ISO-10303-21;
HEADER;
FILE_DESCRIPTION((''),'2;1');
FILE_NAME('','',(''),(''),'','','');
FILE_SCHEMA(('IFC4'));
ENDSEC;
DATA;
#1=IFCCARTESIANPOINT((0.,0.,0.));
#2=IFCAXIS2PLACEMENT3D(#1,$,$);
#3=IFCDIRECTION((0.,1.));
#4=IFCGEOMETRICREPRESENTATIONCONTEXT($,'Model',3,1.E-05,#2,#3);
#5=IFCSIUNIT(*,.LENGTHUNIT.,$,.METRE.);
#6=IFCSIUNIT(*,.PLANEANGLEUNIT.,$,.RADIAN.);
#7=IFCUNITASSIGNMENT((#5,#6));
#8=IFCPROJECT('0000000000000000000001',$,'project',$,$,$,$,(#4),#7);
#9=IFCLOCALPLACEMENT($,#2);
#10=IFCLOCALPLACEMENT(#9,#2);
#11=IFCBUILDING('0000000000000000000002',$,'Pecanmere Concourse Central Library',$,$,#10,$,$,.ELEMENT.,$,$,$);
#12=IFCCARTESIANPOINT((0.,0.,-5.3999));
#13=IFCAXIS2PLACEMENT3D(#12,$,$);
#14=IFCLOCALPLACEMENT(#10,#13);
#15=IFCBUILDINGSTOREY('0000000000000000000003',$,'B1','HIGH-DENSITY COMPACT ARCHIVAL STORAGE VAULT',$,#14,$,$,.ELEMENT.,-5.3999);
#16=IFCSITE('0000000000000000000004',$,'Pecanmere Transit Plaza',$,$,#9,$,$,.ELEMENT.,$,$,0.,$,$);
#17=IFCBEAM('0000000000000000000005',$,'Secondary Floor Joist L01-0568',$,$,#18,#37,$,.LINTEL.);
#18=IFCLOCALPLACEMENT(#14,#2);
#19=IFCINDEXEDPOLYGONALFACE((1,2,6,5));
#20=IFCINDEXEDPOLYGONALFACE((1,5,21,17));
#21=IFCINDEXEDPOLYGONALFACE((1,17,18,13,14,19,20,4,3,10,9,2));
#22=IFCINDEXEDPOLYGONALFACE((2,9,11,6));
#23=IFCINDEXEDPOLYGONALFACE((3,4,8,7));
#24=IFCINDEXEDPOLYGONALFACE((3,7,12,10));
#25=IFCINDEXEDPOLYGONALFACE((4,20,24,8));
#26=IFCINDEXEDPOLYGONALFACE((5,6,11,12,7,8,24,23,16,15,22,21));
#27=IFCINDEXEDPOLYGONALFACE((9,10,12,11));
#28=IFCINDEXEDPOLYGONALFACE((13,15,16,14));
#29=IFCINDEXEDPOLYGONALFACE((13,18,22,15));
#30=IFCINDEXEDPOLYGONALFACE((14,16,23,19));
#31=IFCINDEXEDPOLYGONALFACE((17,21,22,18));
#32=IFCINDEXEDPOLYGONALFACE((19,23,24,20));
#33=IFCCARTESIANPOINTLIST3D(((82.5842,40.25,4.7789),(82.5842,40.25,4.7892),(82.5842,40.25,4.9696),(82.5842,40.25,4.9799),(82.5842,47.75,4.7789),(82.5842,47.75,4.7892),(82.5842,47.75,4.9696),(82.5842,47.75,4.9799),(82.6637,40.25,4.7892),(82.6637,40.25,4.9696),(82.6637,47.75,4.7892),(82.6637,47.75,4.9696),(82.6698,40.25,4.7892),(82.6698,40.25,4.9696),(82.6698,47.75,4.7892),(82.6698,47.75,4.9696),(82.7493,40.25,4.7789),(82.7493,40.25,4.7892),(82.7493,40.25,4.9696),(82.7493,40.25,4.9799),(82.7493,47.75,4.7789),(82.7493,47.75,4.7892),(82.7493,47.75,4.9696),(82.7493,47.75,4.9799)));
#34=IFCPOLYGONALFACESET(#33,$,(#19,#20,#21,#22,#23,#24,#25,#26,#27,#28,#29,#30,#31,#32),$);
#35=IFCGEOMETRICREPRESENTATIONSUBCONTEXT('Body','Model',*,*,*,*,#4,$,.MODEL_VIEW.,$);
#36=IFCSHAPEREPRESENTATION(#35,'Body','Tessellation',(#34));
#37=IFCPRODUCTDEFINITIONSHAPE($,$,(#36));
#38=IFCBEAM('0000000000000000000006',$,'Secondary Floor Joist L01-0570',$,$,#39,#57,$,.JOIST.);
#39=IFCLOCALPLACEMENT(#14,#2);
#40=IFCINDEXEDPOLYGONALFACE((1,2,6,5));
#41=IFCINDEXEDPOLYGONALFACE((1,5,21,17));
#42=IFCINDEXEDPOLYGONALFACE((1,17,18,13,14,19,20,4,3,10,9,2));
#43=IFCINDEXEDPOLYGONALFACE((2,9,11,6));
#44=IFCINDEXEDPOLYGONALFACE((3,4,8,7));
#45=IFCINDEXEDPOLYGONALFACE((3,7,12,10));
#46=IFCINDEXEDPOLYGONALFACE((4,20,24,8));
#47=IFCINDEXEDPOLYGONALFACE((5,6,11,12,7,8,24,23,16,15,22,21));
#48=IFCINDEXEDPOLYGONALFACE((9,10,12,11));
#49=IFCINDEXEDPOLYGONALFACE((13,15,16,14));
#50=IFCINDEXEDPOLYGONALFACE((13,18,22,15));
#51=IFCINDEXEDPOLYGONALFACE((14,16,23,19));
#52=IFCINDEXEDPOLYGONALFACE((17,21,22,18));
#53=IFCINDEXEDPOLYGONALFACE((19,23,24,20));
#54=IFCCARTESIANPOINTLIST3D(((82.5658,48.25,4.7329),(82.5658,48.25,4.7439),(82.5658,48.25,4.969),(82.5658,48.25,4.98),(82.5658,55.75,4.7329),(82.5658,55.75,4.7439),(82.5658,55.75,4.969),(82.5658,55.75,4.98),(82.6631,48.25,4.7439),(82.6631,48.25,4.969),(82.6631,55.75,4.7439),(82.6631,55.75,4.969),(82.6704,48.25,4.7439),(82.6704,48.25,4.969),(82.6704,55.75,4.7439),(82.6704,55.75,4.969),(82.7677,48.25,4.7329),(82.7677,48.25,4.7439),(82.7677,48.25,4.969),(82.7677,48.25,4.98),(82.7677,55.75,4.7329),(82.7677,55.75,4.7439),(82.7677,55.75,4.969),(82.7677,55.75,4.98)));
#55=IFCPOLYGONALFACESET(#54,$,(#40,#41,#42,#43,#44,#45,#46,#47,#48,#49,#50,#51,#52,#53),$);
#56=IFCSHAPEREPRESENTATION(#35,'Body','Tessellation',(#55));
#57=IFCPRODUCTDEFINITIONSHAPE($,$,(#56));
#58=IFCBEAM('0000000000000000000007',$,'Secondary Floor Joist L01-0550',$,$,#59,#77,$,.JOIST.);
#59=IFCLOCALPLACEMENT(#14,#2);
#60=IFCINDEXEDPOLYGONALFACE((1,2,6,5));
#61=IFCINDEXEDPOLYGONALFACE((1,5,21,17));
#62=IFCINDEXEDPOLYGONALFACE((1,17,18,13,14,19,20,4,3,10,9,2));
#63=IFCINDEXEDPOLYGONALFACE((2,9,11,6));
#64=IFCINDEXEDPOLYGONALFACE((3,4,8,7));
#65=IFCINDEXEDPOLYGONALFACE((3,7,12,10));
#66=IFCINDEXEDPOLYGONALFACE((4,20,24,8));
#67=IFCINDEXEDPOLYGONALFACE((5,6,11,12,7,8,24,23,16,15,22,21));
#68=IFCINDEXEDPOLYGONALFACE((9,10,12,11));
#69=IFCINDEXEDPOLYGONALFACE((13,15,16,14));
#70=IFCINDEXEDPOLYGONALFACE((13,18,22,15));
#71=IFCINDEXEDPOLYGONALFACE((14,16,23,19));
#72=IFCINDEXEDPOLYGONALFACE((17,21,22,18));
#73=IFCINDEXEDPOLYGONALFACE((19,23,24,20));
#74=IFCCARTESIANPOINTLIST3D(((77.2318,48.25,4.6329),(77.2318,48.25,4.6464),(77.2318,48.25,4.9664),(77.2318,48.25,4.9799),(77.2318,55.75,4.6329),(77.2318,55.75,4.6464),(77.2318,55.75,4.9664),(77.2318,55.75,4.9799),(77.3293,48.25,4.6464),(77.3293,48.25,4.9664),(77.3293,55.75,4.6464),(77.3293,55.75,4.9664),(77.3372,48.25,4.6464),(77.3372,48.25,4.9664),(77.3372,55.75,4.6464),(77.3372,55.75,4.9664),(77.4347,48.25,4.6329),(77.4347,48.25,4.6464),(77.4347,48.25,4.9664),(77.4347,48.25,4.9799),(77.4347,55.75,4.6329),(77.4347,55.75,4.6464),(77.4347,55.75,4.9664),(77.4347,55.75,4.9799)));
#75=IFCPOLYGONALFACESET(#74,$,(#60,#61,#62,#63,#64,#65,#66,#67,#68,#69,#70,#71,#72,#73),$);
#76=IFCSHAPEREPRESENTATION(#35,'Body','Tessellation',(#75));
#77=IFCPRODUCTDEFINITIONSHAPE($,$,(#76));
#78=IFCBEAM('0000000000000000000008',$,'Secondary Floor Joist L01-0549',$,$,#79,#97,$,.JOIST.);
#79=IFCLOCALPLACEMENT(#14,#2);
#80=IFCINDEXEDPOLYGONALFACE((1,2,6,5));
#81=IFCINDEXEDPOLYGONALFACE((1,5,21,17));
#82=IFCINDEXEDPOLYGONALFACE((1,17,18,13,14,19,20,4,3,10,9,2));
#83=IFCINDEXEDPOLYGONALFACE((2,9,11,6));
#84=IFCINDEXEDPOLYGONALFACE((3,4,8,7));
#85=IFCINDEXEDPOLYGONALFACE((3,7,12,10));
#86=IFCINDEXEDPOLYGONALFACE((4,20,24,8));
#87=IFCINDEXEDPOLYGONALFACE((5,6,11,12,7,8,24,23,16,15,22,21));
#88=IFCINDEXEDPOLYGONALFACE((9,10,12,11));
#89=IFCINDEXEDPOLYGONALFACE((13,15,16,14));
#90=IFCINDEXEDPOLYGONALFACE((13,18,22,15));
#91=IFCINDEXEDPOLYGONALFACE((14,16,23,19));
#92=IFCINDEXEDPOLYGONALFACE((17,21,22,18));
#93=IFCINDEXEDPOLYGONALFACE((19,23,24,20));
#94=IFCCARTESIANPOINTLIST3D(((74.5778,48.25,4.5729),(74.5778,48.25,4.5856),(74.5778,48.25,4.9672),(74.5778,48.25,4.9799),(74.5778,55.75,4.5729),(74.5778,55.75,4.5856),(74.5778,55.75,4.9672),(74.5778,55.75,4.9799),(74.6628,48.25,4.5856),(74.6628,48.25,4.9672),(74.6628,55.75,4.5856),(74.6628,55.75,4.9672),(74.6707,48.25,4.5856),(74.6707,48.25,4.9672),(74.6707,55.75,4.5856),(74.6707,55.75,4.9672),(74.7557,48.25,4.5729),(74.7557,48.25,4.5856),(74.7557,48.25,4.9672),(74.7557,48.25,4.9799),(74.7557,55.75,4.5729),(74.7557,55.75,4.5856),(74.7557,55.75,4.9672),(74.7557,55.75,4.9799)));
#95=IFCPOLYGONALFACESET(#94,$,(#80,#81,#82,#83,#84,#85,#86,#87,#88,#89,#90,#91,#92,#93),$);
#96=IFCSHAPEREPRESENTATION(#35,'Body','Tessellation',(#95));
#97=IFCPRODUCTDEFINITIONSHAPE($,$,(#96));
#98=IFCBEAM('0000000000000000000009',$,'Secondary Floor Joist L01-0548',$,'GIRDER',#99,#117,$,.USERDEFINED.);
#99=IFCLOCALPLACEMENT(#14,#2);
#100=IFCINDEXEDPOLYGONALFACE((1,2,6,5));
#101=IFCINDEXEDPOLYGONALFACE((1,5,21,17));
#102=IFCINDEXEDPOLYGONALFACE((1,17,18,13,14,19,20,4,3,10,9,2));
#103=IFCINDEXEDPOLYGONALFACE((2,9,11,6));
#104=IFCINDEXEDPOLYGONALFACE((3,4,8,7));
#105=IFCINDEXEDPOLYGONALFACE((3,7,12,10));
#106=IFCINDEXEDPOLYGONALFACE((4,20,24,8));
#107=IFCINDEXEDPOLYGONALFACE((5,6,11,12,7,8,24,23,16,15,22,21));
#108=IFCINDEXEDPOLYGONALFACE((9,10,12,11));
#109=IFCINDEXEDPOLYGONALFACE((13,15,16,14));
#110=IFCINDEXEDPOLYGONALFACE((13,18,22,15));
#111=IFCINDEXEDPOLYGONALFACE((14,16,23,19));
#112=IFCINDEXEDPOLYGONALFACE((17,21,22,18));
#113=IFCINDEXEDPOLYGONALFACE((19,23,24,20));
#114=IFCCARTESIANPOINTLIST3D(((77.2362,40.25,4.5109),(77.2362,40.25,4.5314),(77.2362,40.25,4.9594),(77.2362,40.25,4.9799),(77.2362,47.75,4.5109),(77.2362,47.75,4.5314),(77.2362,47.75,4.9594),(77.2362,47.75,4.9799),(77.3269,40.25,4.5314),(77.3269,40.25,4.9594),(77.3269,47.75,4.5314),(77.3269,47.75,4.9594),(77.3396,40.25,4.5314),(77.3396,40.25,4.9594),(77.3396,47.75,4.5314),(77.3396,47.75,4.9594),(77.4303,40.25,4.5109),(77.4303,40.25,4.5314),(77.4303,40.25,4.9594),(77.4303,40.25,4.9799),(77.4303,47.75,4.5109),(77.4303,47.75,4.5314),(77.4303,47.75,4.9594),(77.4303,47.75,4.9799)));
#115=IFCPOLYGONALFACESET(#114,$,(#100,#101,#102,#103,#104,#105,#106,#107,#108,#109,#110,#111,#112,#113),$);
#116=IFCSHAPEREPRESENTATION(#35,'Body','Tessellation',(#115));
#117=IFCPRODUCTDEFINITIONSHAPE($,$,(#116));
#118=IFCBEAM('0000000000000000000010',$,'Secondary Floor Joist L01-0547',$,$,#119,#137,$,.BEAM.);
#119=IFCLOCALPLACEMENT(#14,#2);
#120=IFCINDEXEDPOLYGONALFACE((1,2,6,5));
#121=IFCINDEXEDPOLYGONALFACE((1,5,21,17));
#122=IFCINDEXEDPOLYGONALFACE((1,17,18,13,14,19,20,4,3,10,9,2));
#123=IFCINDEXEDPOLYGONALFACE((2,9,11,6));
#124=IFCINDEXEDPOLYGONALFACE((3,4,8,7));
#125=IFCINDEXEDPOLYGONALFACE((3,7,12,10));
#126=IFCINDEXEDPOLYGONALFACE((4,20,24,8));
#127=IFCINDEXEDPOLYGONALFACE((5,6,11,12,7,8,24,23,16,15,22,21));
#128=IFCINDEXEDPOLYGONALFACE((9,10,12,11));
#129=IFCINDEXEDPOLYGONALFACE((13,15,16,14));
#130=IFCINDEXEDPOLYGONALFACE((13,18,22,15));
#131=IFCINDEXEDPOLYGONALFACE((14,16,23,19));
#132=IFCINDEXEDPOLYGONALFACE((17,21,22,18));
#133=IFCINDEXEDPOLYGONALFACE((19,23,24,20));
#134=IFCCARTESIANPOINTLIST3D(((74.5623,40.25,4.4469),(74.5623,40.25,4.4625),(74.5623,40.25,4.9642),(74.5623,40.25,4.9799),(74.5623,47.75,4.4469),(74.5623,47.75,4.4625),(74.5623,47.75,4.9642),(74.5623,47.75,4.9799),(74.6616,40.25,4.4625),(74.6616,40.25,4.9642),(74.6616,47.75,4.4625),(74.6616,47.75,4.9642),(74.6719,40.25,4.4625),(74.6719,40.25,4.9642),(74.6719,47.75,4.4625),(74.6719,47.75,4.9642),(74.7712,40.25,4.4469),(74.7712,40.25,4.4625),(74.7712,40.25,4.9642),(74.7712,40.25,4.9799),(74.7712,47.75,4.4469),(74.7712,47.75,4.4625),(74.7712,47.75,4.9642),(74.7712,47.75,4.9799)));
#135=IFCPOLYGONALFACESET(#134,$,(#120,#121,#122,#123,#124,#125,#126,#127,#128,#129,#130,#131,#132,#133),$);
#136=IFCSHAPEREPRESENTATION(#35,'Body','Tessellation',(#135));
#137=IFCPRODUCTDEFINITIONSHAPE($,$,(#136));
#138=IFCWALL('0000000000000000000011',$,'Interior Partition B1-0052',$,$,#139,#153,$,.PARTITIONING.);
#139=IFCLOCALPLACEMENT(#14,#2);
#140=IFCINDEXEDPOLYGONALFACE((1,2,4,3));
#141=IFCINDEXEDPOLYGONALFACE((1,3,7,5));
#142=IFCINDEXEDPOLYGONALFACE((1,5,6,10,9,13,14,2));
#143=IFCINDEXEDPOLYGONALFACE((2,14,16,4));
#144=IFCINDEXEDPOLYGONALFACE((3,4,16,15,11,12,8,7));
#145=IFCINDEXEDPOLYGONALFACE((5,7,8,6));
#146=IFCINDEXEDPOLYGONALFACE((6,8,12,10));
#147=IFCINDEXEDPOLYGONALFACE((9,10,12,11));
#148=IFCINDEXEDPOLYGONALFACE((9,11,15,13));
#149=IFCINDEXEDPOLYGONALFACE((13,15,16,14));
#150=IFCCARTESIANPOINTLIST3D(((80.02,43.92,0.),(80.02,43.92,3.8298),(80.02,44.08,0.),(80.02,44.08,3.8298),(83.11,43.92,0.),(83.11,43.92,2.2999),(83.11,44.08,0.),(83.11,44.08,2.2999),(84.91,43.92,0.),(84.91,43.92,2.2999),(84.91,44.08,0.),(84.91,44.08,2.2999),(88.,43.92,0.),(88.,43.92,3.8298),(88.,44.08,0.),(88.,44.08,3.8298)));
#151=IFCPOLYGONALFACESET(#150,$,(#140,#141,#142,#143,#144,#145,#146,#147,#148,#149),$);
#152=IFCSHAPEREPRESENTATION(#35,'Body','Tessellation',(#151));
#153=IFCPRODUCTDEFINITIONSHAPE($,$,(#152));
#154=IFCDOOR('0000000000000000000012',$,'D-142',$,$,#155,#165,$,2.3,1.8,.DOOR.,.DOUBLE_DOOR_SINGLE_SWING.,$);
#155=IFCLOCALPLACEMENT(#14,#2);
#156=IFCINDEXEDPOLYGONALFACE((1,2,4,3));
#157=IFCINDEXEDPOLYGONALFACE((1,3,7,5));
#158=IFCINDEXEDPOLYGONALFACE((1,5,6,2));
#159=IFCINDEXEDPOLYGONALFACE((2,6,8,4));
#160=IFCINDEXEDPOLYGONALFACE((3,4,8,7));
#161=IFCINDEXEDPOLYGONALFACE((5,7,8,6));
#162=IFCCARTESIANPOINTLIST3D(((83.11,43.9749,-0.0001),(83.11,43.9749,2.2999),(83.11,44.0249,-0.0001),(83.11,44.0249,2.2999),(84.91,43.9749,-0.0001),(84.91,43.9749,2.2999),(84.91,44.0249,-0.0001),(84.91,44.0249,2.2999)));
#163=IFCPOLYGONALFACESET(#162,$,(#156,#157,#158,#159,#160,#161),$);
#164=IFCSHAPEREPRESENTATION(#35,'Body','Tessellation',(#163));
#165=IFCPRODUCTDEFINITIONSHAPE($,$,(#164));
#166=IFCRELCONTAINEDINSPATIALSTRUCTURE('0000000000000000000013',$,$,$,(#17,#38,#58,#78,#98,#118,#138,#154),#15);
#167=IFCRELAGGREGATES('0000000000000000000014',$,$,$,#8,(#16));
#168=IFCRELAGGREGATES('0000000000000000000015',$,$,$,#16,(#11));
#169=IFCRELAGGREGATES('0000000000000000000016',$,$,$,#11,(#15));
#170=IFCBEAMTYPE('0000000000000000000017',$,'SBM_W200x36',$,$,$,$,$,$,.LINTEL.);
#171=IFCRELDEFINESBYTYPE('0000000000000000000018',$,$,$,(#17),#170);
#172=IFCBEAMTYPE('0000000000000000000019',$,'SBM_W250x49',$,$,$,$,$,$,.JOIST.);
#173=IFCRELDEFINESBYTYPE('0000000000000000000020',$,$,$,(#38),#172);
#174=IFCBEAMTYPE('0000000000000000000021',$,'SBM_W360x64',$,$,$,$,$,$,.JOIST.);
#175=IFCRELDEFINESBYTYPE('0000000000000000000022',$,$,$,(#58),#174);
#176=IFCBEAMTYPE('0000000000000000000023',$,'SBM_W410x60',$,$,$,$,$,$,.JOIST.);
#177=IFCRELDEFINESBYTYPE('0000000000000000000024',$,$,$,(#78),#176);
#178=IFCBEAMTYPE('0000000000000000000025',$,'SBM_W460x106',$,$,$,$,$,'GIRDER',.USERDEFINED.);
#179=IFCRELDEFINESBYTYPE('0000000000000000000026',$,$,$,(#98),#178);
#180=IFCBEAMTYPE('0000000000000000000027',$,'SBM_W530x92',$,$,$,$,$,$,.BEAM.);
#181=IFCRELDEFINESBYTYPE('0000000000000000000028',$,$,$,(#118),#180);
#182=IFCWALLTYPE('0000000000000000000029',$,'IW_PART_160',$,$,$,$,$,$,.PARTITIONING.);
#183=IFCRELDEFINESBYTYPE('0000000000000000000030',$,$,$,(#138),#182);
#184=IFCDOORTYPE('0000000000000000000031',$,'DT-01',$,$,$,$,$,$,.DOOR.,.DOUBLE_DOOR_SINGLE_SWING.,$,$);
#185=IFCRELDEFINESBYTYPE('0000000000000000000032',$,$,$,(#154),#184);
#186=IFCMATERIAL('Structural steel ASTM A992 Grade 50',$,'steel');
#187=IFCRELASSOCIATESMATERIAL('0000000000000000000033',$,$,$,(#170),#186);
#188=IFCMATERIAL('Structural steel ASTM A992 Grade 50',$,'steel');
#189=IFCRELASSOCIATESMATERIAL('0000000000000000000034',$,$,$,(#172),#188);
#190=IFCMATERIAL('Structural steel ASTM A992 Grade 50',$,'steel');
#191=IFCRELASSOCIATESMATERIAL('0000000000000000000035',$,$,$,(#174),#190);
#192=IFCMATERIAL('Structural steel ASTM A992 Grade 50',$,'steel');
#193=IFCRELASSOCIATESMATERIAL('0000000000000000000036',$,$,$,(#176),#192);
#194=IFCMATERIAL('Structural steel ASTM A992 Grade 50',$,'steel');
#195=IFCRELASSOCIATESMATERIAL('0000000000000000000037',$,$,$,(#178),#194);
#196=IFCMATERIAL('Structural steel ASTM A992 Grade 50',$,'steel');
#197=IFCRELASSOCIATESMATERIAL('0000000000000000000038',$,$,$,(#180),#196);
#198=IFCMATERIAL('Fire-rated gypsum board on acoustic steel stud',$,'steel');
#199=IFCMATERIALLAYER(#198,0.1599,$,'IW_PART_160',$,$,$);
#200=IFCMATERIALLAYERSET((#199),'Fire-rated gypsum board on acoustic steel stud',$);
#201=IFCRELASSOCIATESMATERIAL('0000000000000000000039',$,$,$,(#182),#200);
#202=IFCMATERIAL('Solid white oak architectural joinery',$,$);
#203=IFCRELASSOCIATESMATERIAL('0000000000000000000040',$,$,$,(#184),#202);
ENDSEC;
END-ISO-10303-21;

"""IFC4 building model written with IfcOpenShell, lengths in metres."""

from ifc_helpers import new_model, si_unit, direction, frame, frame_2d, origin, origin_2d, place, context, subcontext, project, spatial, rectangle, i_section, extrude, material, layer, layer_set, material_profile, profile_set, type_object, element, fill, save


model = new_model("IFC4")

# Units and contexts
model_context = context("Model", 3, precision=1e-05, world=origin(), true_north=direction((0.0, 1.0)))
body_context = subcontext(model_context, "Body", "Model", "MODEL_VIEW")
ifc_project = project(units=[si_unit("LENGTHUNIT", "METRE"), si_unit("PLANEANGLEUNIT", "RADIAN")], contexts=[model_context])

# Site, building, storey
site_placement = place(None, origin())
site = spatial("IfcSite", under=ifc_project, at=site_placement, Name="Pecanmere Transit Plaza", CompositionType="ELEMENT", RefElevation=0.0)
building_placement = place(site_placement, origin())
building = spatial("IfcBuilding", under=site, at=building_placement, Name="Pecanmere Concourse Central Library", CompositionType="ELEMENT")
storey_placement = place(building_placement, frame((0.0, 0.0, -5.3999)))
storey = spatial("IfcBuildingStorey", under=building, at=storey_placement, Name="B1", Description="HIGH-DENSITY COMPACT ARCHIVAL STORAGE VAULT", CompositionType="ELEMENT", Elevation=-5.3999)

# Beams
ifc_material_1 = material(Name="Structural steel ASTM A992 Grade 50", Category="steel")
ifc_material_profile_1 = material_profile(ifc_material_1, i_section(OverallWidth=0.165, OverallDepth=0.2009, WebThickness=0.0061, FlangeThickness=0.0103, at=origin_2d()), Name="W200x35.9")
ifc_profile_set_1 = profile_set([ifc_material_profile_1], Name="Structural steel ASTM A992 Grade 50")
beam_type_1 = type_object("IfcBeamType", Name="SBM_W200x36", PredefinedType="LINTEL", material=ifc_profile_set_1)
beam_1_placement = place(storey_placement, frame((82.6667, 40.25, 4.8794), z_axis=(0.0, 1.0, 0.0), x_axis=(-1.0, 0.0, 0.0)))
element("IfcBeam", 1, at=beam_1_placement, inside=storey, type_object=beam_type_1, Name="Secondary Floor Joist L01-0568", PredefinedType="LINTEL", context=body_context, shape_type="SweptSolid", body=[
    extrude(i_section(OverallWidth=0.165, OverallDepth=0.2009, WebThickness=0.0061, FlangeThickness=0.0103, at=origin_2d()), origin(), (0.0, 0.0, 1.0), 7.5),
])
ifc_material_2 = material(Name="Structural steel ASTM A992 Grade 50", Category="steel")
ifc_material_profile_2 = material_profile(ifc_material_2, i_section(OverallWidth=0.2019, OverallDepth=0.2471, WebThickness=0.0073, FlangeThickness=0.011, at=origin_2d()), Name="W250x49.1")
ifc_profile_set_2 = profile_set([ifc_material_profile_2], Name="Structural steel ASTM A992 Grade 50")
beam_type_2 = type_object("IfcBeamType", Name="SBM_W250x49", PredefinedType="JOIST", material=ifc_profile_set_2)
beam_2_placement = place(storey_placement, frame((82.6667, 48.25, 4.8564), z_axis=(0.0, 1.0, 0.0), x_axis=(-1.0, 0.0, 0.0)))
element("IfcBeam", 2, at=beam_2_placement, inside=storey, type_object=beam_type_2, Name="Secondary Floor Joist L01-0570", PredefinedType="JOIST", context=body_context, shape_type="SweptSolid", body=[
    extrude(i_section(OverallWidth=0.2019, OverallDepth=0.2471, WebThickness=0.0073, FlangeThickness=0.011, at=origin_2d()), origin(), (0.0, 0.0, 1.0), 7.5),
])
ifc_material_3 = material(Name="Structural steel ASTM A992 Grade 50", Category="steel")
ifc_material_profile_3 = material_profile(ifc_material_3, i_section(OverallWidth=0.2029, OverallDepth=0.3469, WebThickness=0.0078, FlangeThickness=0.0134, at=origin_2d()), Name="W360x64")
ifc_profile_set_3 = profile_set([ifc_material_profile_3], Name="Structural steel ASTM A992 Grade 50")
beam_type_3 = type_object("IfcBeamType", Name="SBM_W360x64", PredefinedType="JOIST", material=ifc_profile_set_3)
beam_3_placement = place(storey_placement, frame((77.3333, 48.25, 4.8064), z_axis=(0.0, 1.0, 0.0), x_axis=(-1.0, 0.0, 0.0)))
element("IfcBeam", 3, at=beam_3_placement, inside=storey, type_object=beam_type_3, Name="Secondary Floor Joist L01-0550", PredefinedType="JOIST", context=body_context, shape_type="SweptSolid", body=[
    extrude(i_section(OverallWidth=0.2029, OverallDepth=0.3469, WebThickness=0.0078, FlangeThickness=0.0134, at=origin_2d()), origin(), (0.0, 0.0, 1.0), 7.5),
])
ifc_material_4 = material(Name="Structural steel ASTM A992 Grade 50", Category="steel")
ifc_material_profile_4 = material_profile(ifc_material_4, i_section(OverallWidth=0.178, OverallDepth=0.407, WebThickness=0.0078, FlangeThickness=0.0127, at=origin_2d()), Name="W410x60")
ifc_profile_set_4 = profile_set([ifc_material_profile_4], Name="Structural steel ASTM A992 Grade 50")
beam_type_4 = type_object("IfcBeamType", Name="SBM_W410x60", PredefinedType="JOIST", material=ifc_profile_set_4)
beam_4_placement = place(storey_placement, frame((74.6667, 48.25, 4.7764), z_axis=(0.0, 1.0, 0.0), x_axis=(-1.0, 0.0, 0.0)))
element("IfcBeam", 4, at=beam_4_placement, inside=storey, type_object=beam_type_4, Name="Secondary Floor Joist L01-0549", PredefinedType="JOIST", context=body_context, shape_type="SweptSolid", body=[
    extrude(i_section(OverallWidth=0.178, OverallDepth=0.407, WebThickness=0.0078, FlangeThickness=0.0127, at=origin_2d()), origin(), (0.0, 0.0, 1.0), 7.5),
])
ifc_material_5 = material(Name="Structural steel ASTM A992 Grade 50", Category="steel")
ifc_material_profile_5 = material_profile(ifc_material_5, i_section(OverallWidth=0.1941, OverallDepth=0.469, WebThickness=0.0127, FlangeThickness=0.0205, at=origin_2d()), Name="W460x106")
ifc_profile_set_5 = profile_set([ifc_material_profile_5], Name="Structural steel ASTM A992 Grade 50")
beam_type_5 = type_object("IfcBeamType", Name="SBM_W460x106", ElementType="GIRDER", PredefinedType="USERDEFINED", material=ifc_profile_set_5)
beam_5_placement = place(storey_placement, frame((77.3333, 40.25, 4.7454), z_axis=(0.0, 1.0, 0.0), x_axis=(-1.0, 0.0, 0.0)))
element("IfcBeam", 5, at=beam_5_placement, inside=storey, type_object=beam_type_5, Name="Secondary Floor Joist L01-0548", ObjectType="GIRDER", PredefinedType="USERDEFINED", context=body_context, shape_type="SweptSolid", body=[
    extrude(i_section(OverallWidth=0.1941, OverallDepth=0.469, WebThickness=0.0127, FlangeThickness=0.0205, at=origin_2d()), origin(), (0.0, 0.0, 1.0), 7.5),
])
ifc_material_6 = material(Name="Structural steel ASTM A992 Grade 50", Category="steel")
ifc_material_profile_6 = material_profile(ifc_material_6, i_section(OverallWidth=0.209, OverallDepth=0.533, WebThickness=0.0103, FlangeThickness=0.0156, at=origin_2d()), Name="W530x92")
ifc_profile_set_6 = profile_set([ifc_material_profile_6], Name="Structural steel ASTM A992 Grade 50")
beam_type_6 = type_object("IfcBeamType", Name="SBM_W530x92", PredefinedType="BEAM", material=ifc_profile_set_6)
beam_6_placement = place(storey_placement, frame((74.6667, 40.25, 4.7134), z_axis=(0.0, 1.0, 0.0), x_axis=(-1.0, 0.0, 0.0)))
element("IfcBeam", 6, at=beam_6_placement, inside=storey, type_object=beam_type_6, Name="Secondary Floor Joist L01-0547", PredefinedType="BEAM", context=body_context, shape_type="SweptSolid", body=[
    extrude(i_section(OverallWidth=0.209, OverallDepth=0.533, WebThickness=0.0103, FlangeThickness=0.0156, at=origin_2d()), origin(), (0.0, 0.0, 1.0), 7.5),
])

# Wall, opening, door
ifc_material_7 = material(Name="Fire-rated gypsum board on acoustic steel stud", Category="steel")
ifc_layer = layer(ifc_material_7, 0.1599, Name="IW_PART_160")
ifc_layer_set = layer_set([ifc_layer], Name="Fire-rated gypsum board on acoustic steel stud")
wall_type = type_object("IfcWallType", Name="IW_PART_160", PredefinedType="PARTITIONING", material=ifc_layer_set)
wall_placement = place(storey_placement, frame((80.02, 44.0, 0.0), z_axis=(0.0, 0.0, 1.0), x_axis=(1.0, 0.0, 0.0)))
wall = element("IfcWall", 7, at=wall_placement, inside=storey, type_object=wall_type, Name="Interior Partition B1-0052", PredefinedType="PARTITIONING", context=body_context, shape_type="SweptSolid", body=[
    extrude(rectangle(XDim=7.98, YDim=0.1599, at=frame_2d((3.99, 0.0))), origin(), (0.0, 0.0, 1.0), 3.8298),
])
opening_placement = place(wall_placement, frame((3.0901, 0.0, 0.0)))
opening = element("IfcOpeningElement", 8, at=opening_placement, cuts=wall, PredefinedType="OPENING", context=body_context, shape_type="SweptSolid", body=[
    extrude(rectangle(XDim=1.8, YDim=2.3, at=frame_2d((0.8999, 1.1499))), frame((0.0, 0.0918, 0.0), z_axis=(0.0, -1.0, 0.0), x_axis=(1.0, 0.0, 0.0)), (0.0, 0.0, 1.0), 0.1838),
])
ifc_material_8 = material(Name="Solid white oak architectural joinery")
door_type = type_object("IfcDoorType", Name="DT-01", OperationType="DOUBLE_DOOR_SINGLE_SWING", PredefinedType="DOOR", material=ifc_material_8)
door_placement = place(opening_placement, origin())
door = element("IfcDoor", 9, at=door_placement, inside=storey, type_object=door_type, Name="D-142", OperationType="DOUBLE_DOOR_SINGLE_SWING", OverallHeight=2.3, OverallWidth=1.8, PredefinedType="DOOR", context=body_context, shape_type="SweptSolid", body=[
    extrude(rectangle(XDim=1.8, YDim=2.3, at=frame_2d((0.8999, 1.1499))), frame((0.0, 0.0249, 0.0), z_axis=(0.0, -1.0, 0.0), x_axis=(1.0, 0.0, 0.0)), (0.0, 0.0, 1.0), 0.05),
])
fill(opening, door)

save(model, "model.ifc")
